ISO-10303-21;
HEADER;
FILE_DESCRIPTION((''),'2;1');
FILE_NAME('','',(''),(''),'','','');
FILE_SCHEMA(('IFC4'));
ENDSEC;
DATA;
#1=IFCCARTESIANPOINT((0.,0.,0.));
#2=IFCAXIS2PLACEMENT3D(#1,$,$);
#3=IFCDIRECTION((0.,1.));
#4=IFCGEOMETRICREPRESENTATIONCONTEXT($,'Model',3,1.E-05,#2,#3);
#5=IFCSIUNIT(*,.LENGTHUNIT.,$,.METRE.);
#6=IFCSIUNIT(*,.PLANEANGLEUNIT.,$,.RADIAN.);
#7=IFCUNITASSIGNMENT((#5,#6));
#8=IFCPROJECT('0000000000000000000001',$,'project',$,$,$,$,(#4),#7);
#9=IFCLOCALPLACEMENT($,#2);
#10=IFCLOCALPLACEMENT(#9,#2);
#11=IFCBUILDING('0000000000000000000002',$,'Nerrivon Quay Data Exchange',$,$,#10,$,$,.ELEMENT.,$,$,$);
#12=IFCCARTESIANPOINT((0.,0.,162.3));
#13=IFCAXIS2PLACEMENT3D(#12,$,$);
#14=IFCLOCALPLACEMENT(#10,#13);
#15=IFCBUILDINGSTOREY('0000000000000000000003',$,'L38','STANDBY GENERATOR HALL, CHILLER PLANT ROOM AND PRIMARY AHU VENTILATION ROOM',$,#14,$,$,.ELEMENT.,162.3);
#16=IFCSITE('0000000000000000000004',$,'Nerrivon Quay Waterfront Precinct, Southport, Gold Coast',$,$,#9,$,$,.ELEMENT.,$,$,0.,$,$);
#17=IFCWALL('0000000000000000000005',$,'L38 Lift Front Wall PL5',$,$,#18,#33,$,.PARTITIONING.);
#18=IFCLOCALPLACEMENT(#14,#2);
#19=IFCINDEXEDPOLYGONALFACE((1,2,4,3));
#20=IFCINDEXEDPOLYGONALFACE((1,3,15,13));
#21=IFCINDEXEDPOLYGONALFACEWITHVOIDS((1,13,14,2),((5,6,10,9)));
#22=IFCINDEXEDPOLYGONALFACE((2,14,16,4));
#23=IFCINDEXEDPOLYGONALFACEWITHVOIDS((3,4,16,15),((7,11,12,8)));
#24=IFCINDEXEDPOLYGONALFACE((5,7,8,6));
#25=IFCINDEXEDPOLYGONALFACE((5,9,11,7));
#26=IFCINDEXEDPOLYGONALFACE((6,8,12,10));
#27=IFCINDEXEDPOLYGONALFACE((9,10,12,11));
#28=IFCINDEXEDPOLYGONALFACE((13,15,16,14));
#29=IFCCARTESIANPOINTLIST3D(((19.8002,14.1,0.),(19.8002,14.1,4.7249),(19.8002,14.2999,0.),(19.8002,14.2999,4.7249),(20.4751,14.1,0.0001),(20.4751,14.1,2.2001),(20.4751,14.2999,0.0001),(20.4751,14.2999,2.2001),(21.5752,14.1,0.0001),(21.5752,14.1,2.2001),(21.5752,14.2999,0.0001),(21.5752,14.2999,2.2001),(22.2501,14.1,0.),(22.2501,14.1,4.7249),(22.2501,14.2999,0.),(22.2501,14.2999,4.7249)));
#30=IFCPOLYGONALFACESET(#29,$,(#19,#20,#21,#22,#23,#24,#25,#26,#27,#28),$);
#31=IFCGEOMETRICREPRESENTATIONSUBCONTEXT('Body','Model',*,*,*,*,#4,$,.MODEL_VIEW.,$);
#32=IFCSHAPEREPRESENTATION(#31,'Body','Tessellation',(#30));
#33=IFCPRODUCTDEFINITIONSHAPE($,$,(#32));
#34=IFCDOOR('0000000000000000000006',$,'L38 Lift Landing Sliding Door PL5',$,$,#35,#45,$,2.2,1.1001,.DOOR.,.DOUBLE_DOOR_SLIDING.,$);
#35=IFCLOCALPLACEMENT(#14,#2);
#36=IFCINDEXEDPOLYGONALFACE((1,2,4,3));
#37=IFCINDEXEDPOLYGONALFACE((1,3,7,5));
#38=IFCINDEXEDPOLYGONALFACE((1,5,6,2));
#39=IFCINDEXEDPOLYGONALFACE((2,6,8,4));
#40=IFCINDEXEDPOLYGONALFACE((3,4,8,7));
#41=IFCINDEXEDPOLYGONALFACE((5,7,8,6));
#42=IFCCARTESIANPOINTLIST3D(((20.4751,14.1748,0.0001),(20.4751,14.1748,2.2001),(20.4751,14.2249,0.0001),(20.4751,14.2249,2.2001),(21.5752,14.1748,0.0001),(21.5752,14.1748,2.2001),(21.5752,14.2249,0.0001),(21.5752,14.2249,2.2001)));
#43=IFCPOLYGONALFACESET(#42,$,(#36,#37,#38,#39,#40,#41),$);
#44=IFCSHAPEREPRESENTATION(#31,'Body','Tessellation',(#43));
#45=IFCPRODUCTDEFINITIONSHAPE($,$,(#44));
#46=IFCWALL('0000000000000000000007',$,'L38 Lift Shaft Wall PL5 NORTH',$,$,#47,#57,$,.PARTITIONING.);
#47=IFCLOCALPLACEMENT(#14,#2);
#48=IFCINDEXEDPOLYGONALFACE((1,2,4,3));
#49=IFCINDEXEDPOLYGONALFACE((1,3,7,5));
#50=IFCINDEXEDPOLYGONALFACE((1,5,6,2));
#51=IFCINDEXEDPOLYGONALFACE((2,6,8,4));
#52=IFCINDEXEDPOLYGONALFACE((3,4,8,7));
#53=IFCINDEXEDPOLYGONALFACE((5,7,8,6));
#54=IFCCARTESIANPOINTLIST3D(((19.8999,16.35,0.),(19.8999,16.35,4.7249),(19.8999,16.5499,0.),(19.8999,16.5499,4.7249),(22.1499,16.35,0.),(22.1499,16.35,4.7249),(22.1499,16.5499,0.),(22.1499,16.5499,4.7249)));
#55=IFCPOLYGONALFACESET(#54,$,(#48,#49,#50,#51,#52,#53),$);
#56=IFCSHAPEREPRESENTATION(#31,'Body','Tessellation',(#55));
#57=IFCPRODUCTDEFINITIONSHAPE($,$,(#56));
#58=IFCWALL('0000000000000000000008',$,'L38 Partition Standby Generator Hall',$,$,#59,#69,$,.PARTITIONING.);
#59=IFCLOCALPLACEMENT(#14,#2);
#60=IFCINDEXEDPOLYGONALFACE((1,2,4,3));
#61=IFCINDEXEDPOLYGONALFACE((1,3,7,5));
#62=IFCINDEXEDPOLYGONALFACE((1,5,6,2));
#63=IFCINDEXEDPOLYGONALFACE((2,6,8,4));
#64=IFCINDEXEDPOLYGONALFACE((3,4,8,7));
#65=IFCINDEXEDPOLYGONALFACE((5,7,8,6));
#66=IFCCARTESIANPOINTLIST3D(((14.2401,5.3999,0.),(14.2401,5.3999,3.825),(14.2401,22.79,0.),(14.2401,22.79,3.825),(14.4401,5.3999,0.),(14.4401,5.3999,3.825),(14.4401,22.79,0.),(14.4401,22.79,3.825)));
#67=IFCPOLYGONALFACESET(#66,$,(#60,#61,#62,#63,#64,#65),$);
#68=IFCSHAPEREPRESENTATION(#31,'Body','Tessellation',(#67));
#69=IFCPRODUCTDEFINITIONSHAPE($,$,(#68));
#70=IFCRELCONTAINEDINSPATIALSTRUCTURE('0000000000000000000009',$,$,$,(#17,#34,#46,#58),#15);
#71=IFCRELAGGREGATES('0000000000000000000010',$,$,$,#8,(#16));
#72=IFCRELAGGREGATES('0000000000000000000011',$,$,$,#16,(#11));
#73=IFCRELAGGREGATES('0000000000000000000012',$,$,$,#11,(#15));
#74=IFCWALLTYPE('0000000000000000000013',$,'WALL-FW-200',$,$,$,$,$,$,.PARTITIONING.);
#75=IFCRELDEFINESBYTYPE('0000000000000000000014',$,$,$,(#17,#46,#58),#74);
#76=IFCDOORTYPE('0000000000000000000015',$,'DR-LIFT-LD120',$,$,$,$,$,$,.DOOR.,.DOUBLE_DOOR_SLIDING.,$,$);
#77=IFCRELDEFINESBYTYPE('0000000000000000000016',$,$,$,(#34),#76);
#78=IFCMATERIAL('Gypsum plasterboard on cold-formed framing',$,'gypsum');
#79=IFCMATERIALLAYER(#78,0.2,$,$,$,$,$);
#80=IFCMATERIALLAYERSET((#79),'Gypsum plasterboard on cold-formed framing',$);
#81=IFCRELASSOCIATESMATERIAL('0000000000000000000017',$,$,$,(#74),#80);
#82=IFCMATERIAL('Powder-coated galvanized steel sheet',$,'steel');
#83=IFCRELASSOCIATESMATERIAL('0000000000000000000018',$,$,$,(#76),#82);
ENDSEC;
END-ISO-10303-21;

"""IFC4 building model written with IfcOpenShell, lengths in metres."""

from ifc_helpers import new_model, si_unit, direction, frame, frame_2d, origin, place, context, subcontext, project, spatial, rectangle, extrude, material, layer, layer_set, type_object, element, fill, save


model = new_model("IFC4")

# Units and contexts
model_context = context("Model", 3, precision=1e-05, world=origin(), true_north=direction((0.0, 1.0)))
body_context = subcontext(model_context, "Body", "Model", "MODEL_VIEW")
ifc_project = project(units=[si_unit("LENGTHUNIT", "METRE"), si_unit("PLANEANGLEUNIT", "RADIAN")], contexts=[model_context])

# Site, building, storey
site_placement = place(None, origin())
site = spatial("IfcSite", under=ifc_project, at=site_placement, Name="Nerrivon Quay Waterfront Precinct, Southport, Gold Coast", CompositionType="ELEMENT", RefElevation=0.0)
building_placement = place(site_placement, origin())
building = spatial("IfcBuilding", under=site, at=building_placement, Name="Nerrivon Quay Data Exchange", CompositionType="ELEMENT")
storey_placement = place(building_placement, frame((0.0, 0.0, 162.3)))
storey = spatial("IfcBuildingStorey", under=building, at=storey_placement, Name="L38", Description="STANDBY GENERATOR HALL, CHILLER PLANT ROOM AND PRIMARY AHU VENTILATION ROOM", CompositionType="ELEMENT", Elevation=162.3)

# Shared definitions
ifc_material_1 = material(Name="Powder-coated galvanized steel sheet", Category="steel")
ifc_material_2 = material(Name="Gypsum plasterboard on cold-formed framing", Category="gypsum")
ifc_layer_1 = layer(ifc_material_2, 0.2)
ifc_layer_set_1 = layer_set([ifc_layer_1], Name="Gypsum plasterboard on cold-formed framing")
wall_type_1 = type_object("IfcWallType", Name="WALL-FW-200", PredefinedType="PARTITIONING", material=ifc_layer_set_1)
door_type_1 = type_object("IfcDoorType", Name="DR-LIFT-LD120", OperationType="DOUBLE_DOOR_SLIDING", PredefinedType="DOOR", material=ifc_material_1)

# Wall, opening, door
wall_1_placement = place(storey_placement, frame((19.8, 14.2, 0.0), z_axis=(0.0, 0.0, 1.0), x_axis=(1.0, 0.0, 0.0)))
wall_1 = element("IfcWall", 1, at=wall_1_placement, inside=storey, type_object=wall_type_1, Name="L38 Lift Front Wall PL5", PredefinedType="PARTITIONING", context=body_context, shape_type="SweptSolid", body=[
    extrude(rectangle(XDim=2.45, YDim=0.2, at=frame_2d((1.2251, 0.0))), origin(), (0.0, 0.0, 1.0), 4.7249),
])
opening_1_placement = place(wall_1_placement, frame((0.675, 0.0, 0.0)))
opening_1 = element("IfcOpeningElement", 2, at=opening_1_placement, cuts=wall_1, PredefinedType="OPENING", context=body_context, shape_type="SweptSolid", body=[
    extrude(rectangle(XDim=1.1001, YDim=2.2, at=frame_2d((0.55, 1.1001))), frame((0.0, 0.1099, 0.0), z_axis=(0.0, -1.0, 0.0), x_axis=(1.0, 0.0, 0.0)), (0.0, 0.0, 1.0), 0.22),
])
door_1_placement = place(opening_1_placement, origin())
door_1 = element("IfcDoor", 3, at=door_1_placement, inside=storey, type_object=door_type_1, Name="L38 Lift Landing Sliding Door PL5", OperationType="DOUBLE_DOOR_SLIDING", OverallHeight=2.2, OverallWidth=1.1001, PredefinedType="DOOR", context=body_context, shape_type="SweptSolid", body=[
    extrude(rectangle(XDim=1.1001, YDim=2.2, at=frame_2d((0.55, 1.1001))), frame((0.0, 0.0249, 0.0), z_axis=(0.0, -1.0, 0.0), x_axis=(1.0, 0.0, 0.0)), (0.0, 0.0, 1.0), 0.05),
])
fill(opening_1, door_1)

# Walls
wall_2_placement = place(storey_placement, frame((19.8999, 16.45, 0.0), z_axis=(0.0, 0.0, 1.0), x_axis=(1.0, 0.0, 0.0)))
element("IfcWall", 4, at=wall_2_placement, inside=storey, type_object=wall_type_1, Name="L38 Lift Shaft Wall PL5 NORTH", PredefinedType="PARTITIONING", context=body_context, shape_type="SweptSolid", body=[
    extrude(rectangle(XDim=2.25, YDim=0.2, at=frame_2d((1.125, 0.0))), origin(), (0.0, 0.0, 1.0), 4.7249),
])
wall_3_placement = place(storey_placement, frame((14.3401, 5.3999, 0.0), z_axis=(0.0, 0.0, 1.0), x_axis=(0.0, 1.0, 0.0)))
element("IfcWall", 5, at=wall_3_placement, inside=storey, type_object=wall_type_1, Name="L38 Partition Standby Generator Hall", PredefinedType="PARTITIONING", context=body_context, shape_type="SweptSolid", body=[
    extrude(rectangle(XDim=17.3901, YDim=0.2, at=frame_2d((8.6951, 0.0))), origin(), (0.0, 0.0, 1.0), 3.825),
])

save(model, "model.ifc")
